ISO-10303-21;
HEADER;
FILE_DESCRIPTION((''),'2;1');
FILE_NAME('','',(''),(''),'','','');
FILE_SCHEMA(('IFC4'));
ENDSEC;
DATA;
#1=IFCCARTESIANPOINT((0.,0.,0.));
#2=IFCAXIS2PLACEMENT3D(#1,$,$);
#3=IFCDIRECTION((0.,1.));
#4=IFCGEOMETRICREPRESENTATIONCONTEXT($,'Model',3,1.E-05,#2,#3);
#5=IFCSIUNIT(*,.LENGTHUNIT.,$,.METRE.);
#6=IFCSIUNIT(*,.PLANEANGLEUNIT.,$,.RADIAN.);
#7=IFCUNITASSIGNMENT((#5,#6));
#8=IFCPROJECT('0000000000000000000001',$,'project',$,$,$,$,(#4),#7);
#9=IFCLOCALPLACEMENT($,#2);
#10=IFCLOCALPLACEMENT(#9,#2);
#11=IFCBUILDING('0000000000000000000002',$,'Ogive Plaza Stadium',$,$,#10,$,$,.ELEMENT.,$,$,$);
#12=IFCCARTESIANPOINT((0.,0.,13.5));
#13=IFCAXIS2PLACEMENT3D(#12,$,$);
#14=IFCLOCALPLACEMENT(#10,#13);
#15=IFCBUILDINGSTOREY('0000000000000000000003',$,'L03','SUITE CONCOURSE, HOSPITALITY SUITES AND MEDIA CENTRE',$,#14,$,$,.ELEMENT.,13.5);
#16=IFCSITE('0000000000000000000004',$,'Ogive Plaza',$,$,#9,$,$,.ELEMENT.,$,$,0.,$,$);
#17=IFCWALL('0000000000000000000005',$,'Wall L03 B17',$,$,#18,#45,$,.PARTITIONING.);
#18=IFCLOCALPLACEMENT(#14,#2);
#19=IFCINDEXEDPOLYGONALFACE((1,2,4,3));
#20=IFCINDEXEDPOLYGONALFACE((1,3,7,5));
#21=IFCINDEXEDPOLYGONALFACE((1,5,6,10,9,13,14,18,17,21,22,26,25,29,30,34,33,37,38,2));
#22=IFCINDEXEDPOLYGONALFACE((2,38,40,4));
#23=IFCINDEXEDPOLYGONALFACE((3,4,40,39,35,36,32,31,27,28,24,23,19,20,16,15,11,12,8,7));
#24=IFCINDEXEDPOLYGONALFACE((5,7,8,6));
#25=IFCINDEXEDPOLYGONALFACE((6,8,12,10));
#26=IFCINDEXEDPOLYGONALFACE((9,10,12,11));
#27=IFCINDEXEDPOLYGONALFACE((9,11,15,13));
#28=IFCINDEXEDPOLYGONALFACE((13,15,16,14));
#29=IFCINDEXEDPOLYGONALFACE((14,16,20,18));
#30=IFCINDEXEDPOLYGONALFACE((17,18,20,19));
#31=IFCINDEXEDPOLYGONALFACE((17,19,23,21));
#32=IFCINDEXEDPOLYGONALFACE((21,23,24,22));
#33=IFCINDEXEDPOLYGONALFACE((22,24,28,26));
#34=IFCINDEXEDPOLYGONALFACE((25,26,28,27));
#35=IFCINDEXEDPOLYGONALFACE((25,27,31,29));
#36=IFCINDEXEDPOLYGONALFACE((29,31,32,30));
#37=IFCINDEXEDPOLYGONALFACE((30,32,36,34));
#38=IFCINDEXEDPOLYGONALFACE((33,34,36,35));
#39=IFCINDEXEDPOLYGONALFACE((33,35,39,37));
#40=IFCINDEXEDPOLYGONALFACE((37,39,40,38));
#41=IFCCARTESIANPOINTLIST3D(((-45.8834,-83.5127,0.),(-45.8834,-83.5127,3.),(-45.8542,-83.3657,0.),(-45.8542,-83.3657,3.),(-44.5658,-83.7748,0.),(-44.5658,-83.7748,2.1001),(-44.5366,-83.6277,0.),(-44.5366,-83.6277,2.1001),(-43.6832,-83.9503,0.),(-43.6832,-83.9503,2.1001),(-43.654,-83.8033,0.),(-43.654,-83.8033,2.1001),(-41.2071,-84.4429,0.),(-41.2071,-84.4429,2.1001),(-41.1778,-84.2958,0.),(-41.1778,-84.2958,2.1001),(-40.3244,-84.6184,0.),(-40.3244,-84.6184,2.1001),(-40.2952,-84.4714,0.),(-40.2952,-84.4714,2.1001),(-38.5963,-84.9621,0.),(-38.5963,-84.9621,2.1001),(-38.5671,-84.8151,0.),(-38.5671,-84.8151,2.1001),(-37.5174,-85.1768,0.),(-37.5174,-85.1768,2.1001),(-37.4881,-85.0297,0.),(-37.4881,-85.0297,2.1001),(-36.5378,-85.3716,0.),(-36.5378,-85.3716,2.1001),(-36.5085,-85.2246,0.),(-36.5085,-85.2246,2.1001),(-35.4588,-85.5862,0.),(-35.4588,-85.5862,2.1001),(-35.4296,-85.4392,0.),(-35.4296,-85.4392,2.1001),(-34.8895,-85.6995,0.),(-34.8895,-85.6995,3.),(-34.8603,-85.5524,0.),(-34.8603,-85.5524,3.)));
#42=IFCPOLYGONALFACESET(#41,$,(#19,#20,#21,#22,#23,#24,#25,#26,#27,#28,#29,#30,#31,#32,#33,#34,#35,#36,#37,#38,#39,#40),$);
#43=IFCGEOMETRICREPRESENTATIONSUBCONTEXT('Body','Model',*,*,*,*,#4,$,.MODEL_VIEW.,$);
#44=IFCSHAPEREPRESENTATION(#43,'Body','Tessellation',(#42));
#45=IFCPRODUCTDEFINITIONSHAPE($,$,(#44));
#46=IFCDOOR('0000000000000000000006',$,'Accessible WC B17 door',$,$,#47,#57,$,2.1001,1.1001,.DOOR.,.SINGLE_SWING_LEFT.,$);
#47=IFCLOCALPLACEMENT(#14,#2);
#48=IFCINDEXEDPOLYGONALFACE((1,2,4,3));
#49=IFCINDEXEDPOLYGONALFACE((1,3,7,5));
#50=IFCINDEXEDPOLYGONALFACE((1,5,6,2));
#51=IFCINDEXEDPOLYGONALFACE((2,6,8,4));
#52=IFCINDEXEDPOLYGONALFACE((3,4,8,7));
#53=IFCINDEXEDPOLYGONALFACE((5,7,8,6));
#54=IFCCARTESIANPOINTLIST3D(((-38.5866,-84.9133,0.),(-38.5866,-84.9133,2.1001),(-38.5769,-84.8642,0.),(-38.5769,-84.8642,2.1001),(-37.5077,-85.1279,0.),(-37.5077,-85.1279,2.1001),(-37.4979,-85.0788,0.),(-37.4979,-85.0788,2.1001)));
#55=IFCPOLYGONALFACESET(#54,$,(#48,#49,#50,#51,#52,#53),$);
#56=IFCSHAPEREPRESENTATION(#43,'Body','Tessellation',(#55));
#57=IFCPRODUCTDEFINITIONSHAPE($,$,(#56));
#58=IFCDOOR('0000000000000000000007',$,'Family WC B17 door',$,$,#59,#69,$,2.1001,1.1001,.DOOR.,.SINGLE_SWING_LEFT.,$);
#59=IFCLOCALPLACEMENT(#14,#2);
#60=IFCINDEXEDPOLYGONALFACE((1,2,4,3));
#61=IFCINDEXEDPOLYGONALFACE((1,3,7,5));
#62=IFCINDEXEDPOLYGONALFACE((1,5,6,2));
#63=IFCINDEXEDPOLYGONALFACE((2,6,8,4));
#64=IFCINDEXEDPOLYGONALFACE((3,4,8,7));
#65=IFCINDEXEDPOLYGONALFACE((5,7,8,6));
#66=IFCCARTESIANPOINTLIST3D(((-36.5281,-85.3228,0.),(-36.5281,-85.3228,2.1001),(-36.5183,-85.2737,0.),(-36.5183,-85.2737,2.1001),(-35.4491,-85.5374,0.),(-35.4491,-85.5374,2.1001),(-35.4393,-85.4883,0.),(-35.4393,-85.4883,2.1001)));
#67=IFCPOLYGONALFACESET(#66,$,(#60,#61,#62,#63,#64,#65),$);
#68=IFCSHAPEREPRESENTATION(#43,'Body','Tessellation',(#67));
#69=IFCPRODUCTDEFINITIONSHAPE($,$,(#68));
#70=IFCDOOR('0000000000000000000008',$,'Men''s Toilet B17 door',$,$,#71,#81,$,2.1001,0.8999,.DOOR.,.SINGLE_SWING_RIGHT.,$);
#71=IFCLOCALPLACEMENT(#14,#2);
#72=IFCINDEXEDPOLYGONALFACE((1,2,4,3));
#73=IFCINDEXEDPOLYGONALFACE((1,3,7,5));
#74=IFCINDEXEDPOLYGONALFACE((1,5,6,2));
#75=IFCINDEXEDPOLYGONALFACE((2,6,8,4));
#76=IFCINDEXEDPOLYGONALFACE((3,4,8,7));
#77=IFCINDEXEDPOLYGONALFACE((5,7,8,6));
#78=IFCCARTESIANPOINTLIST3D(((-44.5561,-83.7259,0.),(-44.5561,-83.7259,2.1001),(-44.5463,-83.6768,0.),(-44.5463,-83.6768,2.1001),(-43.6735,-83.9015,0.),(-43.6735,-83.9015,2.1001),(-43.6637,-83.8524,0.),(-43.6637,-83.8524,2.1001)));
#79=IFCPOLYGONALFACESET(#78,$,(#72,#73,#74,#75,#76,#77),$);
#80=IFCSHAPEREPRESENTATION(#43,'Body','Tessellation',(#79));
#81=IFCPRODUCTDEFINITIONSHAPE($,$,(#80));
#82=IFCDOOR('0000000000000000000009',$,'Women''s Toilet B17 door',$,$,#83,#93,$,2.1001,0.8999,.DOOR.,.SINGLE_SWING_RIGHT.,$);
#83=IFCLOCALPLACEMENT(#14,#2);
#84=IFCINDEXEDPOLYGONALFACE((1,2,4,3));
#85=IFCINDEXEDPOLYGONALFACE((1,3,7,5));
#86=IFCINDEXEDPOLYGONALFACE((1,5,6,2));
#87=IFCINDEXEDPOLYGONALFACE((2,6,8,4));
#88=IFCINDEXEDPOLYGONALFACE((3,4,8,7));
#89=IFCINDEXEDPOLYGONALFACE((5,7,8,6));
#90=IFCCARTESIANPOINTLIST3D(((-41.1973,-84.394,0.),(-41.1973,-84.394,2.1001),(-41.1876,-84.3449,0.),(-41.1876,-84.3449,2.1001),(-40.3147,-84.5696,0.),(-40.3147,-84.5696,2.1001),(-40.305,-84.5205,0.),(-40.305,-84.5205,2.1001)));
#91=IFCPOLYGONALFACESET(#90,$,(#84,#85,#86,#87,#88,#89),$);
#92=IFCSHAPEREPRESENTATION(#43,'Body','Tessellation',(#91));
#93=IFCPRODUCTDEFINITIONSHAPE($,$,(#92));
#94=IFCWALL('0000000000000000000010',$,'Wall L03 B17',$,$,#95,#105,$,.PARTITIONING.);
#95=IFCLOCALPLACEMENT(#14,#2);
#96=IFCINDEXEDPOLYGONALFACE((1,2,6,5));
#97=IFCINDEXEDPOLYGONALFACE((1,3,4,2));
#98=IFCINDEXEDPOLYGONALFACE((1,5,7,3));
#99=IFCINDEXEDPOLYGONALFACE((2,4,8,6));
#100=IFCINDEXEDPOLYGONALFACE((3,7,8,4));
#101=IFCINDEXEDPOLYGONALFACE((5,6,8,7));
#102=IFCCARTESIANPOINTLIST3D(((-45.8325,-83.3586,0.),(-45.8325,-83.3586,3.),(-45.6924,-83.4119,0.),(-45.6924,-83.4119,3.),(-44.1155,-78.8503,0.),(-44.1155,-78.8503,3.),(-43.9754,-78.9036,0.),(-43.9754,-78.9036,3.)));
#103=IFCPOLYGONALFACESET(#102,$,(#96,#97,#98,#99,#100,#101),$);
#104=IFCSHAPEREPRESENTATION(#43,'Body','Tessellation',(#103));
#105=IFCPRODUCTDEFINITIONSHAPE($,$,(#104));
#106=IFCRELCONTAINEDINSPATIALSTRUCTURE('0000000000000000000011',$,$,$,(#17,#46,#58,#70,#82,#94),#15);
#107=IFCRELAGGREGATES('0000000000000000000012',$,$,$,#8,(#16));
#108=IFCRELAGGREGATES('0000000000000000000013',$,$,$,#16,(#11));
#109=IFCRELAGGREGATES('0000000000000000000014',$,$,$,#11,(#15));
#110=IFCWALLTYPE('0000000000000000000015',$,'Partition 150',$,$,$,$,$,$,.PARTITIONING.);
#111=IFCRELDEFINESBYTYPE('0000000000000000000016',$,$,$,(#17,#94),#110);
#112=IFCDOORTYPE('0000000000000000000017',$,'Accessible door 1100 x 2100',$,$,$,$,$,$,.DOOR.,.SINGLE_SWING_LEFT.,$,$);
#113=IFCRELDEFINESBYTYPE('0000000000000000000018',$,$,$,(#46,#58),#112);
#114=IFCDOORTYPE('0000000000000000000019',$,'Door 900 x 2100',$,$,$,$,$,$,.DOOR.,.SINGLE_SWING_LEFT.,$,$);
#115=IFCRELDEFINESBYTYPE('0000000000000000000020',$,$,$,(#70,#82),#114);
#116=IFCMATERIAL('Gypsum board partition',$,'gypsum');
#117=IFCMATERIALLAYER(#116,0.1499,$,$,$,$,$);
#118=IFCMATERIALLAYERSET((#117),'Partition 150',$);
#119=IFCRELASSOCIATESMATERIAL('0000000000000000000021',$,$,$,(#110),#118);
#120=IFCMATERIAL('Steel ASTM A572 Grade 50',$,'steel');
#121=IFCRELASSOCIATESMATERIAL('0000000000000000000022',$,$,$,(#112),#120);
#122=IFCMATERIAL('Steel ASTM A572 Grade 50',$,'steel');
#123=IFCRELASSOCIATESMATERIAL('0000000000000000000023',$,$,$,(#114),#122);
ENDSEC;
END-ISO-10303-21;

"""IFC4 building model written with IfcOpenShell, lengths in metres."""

from ifc_helpers import new_model, si_unit, direction, frame, frame_2d, origin, place, context, subcontext, project, spatial, rectangle, extrude, material, layer, layer_set, type_object, element, fill, save


model = new_model("IFC4")

# Units and contexts
model_context = context("Model", 3, precision=1e-05, world=origin(), true_north=direction((0.0, 1.0)))
body_context = subcontext(model_context, "Body", "Model", "MODEL_VIEW")
ifc_project = project(units=[si_unit("LENGTHUNIT", "METRE"), si_unit("PLANEANGLEUNIT", "RADIAN")], contexts=[model_context])

# Site, building, storey
site_placement = place(None, origin())
site = spatial("IfcSite", under=ifc_project, at=site_placement, Name="Ogive Plaza", CompositionType="ELEMENT", RefElevation=0.0)
building_placement = place(site_placement, origin())
building = spatial("IfcBuilding", under=site, at=building_placement, Name="Ogive Plaza Stadium", CompositionType="ELEMENT")
storey_placement = place(building_placement, frame((0.0, 0.0, 13.5)))
storey = spatial("IfcBuildingStorey", under=building, at=storey_placement, Name="L03", Description="SUITE CONCOURSE, HOSPITALITY SUITES AND MEDIA CENTRE", CompositionType="ELEMENT", Elevation=13.5)

# Wall, openings, doors
ifc_material_1 = material(Name="Gypsum board partition", Category="gypsum")
ifc_layer_1 = layer(ifc_material_1, 0.1499)
ifc_layer_set_1 = layer_set([ifc_layer_1], Name="Partition 150")
wall_type_1 = type_object("IfcWallType", Name="Partition 150", PredefinedType="PARTITIONING", material=ifc_layer_set_1)
wall_1_placement = place(storey_placement, frame((-45.8687, -83.4392, 0.0), z_axis=(0.0, 0.0, 1.0), x_axis=(0.980786, -0.195086, 0.0)))
wall_1 = element("IfcWall", 1, at=wall_1_placement, inside=storey, type_object=wall_type_1, Name="Wall L03 B17", PredefinedType="PARTITIONING", context=body_context, shape_type="SweptSolid", body=[
    extrude(rectangle(XDim=11.2092, YDim=0.1499, at=frame_2d((5.6045, 0.0))), origin(), (0.0, 0.0, 1.0), 3.0),
])
opening_1_placement = place(wall_1_placement, frame((1.3433, 0.0, 0.0)))
opening_1 = element("IfcOpeningElement", 2, at=opening_1_placement, cuts=wall_1, PredefinedType="OPENING", context=body_context, shape_type="SweptSolid", body=[
    extrude(rectangle(XDim=0.8999, YDim=2.1001, at=frame_2d((0.45, 1.05))), frame((0.0, 0.075, 0.0), z_axis=(0.0, -1.0, 0.0), x_axis=(1.0, 0.0, 0.0)), (0.0, 0.0, 1.0), 0.1499),
])
opening_2_placement = place(wall_1_placement, frame((4.7678, 0.0, 0.0)))
opening_2 = element("IfcOpeningElement", 3, at=opening_2_placement, cuts=wall_1, PredefinedType="OPENING", context=body_context, shape_type="SweptSolid", body=[
    extrude(rectangle(XDim=0.8999, YDim=2.1001, at=frame_2d((0.45, 1.05))), frame((0.0, 0.075, 0.0), z_axis=(0.0, -1.0, 0.0), x_axis=(1.0, 0.0, 0.0)), (0.0, 0.0, 1.0), 0.1499),
])
opening_3_placement = place(wall_1_placement, frame((7.4297, 0.0, 0.0)))
opening_3 = element("IfcOpeningElement", 4, at=opening_3_placement, cuts=wall_1, PredefinedType="OPENING", context=body_context, shape_type="SweptSolid", body=[
    extrude(rectangle(XDim=1.1001, YDim=2.1001, at=frame_2d((0.55, 1.05))), frame((0.0, 0.075, 0.0), z_axis=(0.0, -1.0, 0.0), x_axis=(1.0, 0.0, 0.0)), (0.0, 0.0, 1.0), 0.1499),
])
opening_4_placement = place(wall_1_placement, frame((9.5286, 0.0, 0.0)))
opening_4 = element("IfcOpeningElement", 5, at=opening_4_placement, cuts=wall_1, PredefinedType="OPENING", context=body_context, shape_type="SweptSolid", body=[
    extrude(rectangle(XDim=1.1001, YDim=2.1001, at=frame_2d((0.55, 1.05))), frame((0.0, 0.075, 0.0), z_axis=(0.0, -1.0, 0.0), x_axis=(1.0, 0.0, 0.0)), (0.0, 0.0, 1.0), 0.1499),
])
ifc_material_2 = material(Name="Steel ASTM A572 Grade 50", Category="steel")
door_type_1 = type_object("IfcDoorType", Name="Accessible door 1100 x 2100", OperationType="SINGLE_SWING_LEFT", PredefinedType="DOOR", material=ifc_material_2)
door_1_placement = place(opening_3_placement, origin())
door_1 = element("IfcDoor", 6, at=door_1_placement, inside=storey, type_object=door_type_1, Name="Accessible WC B17 door", OperationType="SINGLE_SWING_LEFT", OverallHeight=2.1001, OverallWidth=1.1001, PredefinedType="DOOR", context=body_context, shape_type="SweptSolid", body=[
    extrude(rectangle(XDim=1.1001, YDim=2.1001, at=frame_2d((0.55, 1.05))), frame((0.0, 0.0249, 0.0), z_axis=(0.0, -1.0, 0.0), x_axis=(1.0, 0.0, 0.0)), (0.0, 0.0, 1.0), 0.05),
])
fill(opening_3, door_1)
door_2_placement = place(opening_4_placement, origin())
door_2 = element("IfcDoor", 7, at=door_2_placement, inside=storey, type_object=door_type_1, Name="Family WC B17 door", OperationType="SINGLE_SWING_LEFT", OverallHeight=2.1001, OverallWidth=1.1001, PredefinedType="DOOR", context=body_context, shape_type="SweptSolid", body=[
    extrude(rectangle(XDim=1.1001, YDim=2.1001, at=frame_2d((0.55, 1.05))), frame((0.0, 0.0249, 0.0), z_axis=(0.0, -1.0, 0.0), x_axis=(1.0, 0.0, 0.0)), (0.0, 0.0, 1.0), 0.05),
])
fill(opening_4, door_2)
ifc_material_3 = material(Name="Steel ASTM A572 Grade 50", Category="steel")
door_type_2 = type_object("IfcDoorType", Name="Door 900 x 2100", OperationType="SINGLE_SWING_LEFT", PredefinedType="DOOR", material=ifc_material_3)
door_3_placement = place(opening_1_placement, origin())
door_3 = element("IfcDoor", 8, at=door_3_placement, inside=storey, type_object=door_type_2, Name="Men's Toilet B17 door", OperationType="SINGLE_SWING_RIGHT", OverallHeight=2.1001, OverallWidth=0.8999, PredefinedType="DOOR", context=body_context, shape_type="SweptSolid", body=[
    extrude(rectangle(XDim=0.8999, YDim=2.1001, at=frame_2d((0.45, 1.05))), frame((0.0, 0.0249, 0.0), z_axis=(0.0, -1.0, 0.0), x_axis=(1.0, 0.0, 0.0)), (0.0, 0.0, 1.0), 0.05),
])
fill(opening_1, door_3)
door_4_placement = place(opening_2_placement, origin())
door_4 = element("IfcDoor", 9, at=door_4_placement, inside=storey, type_object=door_type_2, Name="Women's Toilet B17 door", OperationType="SINGLE_SWING_RIGHT", OverallHeight=2.1001, OverallWidth=0.8999, PredefinedType="DOOR", context=body_context, shape_type="SweptSolid", body=[
    extrude(rectangle(XDim=0.8999, YDim=2.1001, at=frame_2d((0.45, 1.05))), frame((0.0, 0.0249, 0.0), z_axis=(0.0, -1.0, 0.0), x_axis=(1.0, 0.0, 0.0)), (0.0, 0.0, 1.0), 0.05),
])
fill(opening_2, door_4)

# Wall
wall_2_placement = place(storey_placement, frame((-44.0454, -78.877, 0.0), z_axis=(0.0, 0.0, 1.0), x_axis=(-0.355922, -0.934516, 0.0)))
element("IfcWall", 10, at=wall_2_placement, inside=storey, type_object=wall_type_1, Name="Wall L03 B17", PredefinedType="PARTITIONING", context=body_context, shape_type="SweptSolid", body=[
    extrude(rectangle(XDim=4.8242, YDim=0.1499, at=frame_2d((2.4121, 0.0))), origin(), (0.0, 0.0, 1.0), 3.0),
])

save(model, "model.ifc")
